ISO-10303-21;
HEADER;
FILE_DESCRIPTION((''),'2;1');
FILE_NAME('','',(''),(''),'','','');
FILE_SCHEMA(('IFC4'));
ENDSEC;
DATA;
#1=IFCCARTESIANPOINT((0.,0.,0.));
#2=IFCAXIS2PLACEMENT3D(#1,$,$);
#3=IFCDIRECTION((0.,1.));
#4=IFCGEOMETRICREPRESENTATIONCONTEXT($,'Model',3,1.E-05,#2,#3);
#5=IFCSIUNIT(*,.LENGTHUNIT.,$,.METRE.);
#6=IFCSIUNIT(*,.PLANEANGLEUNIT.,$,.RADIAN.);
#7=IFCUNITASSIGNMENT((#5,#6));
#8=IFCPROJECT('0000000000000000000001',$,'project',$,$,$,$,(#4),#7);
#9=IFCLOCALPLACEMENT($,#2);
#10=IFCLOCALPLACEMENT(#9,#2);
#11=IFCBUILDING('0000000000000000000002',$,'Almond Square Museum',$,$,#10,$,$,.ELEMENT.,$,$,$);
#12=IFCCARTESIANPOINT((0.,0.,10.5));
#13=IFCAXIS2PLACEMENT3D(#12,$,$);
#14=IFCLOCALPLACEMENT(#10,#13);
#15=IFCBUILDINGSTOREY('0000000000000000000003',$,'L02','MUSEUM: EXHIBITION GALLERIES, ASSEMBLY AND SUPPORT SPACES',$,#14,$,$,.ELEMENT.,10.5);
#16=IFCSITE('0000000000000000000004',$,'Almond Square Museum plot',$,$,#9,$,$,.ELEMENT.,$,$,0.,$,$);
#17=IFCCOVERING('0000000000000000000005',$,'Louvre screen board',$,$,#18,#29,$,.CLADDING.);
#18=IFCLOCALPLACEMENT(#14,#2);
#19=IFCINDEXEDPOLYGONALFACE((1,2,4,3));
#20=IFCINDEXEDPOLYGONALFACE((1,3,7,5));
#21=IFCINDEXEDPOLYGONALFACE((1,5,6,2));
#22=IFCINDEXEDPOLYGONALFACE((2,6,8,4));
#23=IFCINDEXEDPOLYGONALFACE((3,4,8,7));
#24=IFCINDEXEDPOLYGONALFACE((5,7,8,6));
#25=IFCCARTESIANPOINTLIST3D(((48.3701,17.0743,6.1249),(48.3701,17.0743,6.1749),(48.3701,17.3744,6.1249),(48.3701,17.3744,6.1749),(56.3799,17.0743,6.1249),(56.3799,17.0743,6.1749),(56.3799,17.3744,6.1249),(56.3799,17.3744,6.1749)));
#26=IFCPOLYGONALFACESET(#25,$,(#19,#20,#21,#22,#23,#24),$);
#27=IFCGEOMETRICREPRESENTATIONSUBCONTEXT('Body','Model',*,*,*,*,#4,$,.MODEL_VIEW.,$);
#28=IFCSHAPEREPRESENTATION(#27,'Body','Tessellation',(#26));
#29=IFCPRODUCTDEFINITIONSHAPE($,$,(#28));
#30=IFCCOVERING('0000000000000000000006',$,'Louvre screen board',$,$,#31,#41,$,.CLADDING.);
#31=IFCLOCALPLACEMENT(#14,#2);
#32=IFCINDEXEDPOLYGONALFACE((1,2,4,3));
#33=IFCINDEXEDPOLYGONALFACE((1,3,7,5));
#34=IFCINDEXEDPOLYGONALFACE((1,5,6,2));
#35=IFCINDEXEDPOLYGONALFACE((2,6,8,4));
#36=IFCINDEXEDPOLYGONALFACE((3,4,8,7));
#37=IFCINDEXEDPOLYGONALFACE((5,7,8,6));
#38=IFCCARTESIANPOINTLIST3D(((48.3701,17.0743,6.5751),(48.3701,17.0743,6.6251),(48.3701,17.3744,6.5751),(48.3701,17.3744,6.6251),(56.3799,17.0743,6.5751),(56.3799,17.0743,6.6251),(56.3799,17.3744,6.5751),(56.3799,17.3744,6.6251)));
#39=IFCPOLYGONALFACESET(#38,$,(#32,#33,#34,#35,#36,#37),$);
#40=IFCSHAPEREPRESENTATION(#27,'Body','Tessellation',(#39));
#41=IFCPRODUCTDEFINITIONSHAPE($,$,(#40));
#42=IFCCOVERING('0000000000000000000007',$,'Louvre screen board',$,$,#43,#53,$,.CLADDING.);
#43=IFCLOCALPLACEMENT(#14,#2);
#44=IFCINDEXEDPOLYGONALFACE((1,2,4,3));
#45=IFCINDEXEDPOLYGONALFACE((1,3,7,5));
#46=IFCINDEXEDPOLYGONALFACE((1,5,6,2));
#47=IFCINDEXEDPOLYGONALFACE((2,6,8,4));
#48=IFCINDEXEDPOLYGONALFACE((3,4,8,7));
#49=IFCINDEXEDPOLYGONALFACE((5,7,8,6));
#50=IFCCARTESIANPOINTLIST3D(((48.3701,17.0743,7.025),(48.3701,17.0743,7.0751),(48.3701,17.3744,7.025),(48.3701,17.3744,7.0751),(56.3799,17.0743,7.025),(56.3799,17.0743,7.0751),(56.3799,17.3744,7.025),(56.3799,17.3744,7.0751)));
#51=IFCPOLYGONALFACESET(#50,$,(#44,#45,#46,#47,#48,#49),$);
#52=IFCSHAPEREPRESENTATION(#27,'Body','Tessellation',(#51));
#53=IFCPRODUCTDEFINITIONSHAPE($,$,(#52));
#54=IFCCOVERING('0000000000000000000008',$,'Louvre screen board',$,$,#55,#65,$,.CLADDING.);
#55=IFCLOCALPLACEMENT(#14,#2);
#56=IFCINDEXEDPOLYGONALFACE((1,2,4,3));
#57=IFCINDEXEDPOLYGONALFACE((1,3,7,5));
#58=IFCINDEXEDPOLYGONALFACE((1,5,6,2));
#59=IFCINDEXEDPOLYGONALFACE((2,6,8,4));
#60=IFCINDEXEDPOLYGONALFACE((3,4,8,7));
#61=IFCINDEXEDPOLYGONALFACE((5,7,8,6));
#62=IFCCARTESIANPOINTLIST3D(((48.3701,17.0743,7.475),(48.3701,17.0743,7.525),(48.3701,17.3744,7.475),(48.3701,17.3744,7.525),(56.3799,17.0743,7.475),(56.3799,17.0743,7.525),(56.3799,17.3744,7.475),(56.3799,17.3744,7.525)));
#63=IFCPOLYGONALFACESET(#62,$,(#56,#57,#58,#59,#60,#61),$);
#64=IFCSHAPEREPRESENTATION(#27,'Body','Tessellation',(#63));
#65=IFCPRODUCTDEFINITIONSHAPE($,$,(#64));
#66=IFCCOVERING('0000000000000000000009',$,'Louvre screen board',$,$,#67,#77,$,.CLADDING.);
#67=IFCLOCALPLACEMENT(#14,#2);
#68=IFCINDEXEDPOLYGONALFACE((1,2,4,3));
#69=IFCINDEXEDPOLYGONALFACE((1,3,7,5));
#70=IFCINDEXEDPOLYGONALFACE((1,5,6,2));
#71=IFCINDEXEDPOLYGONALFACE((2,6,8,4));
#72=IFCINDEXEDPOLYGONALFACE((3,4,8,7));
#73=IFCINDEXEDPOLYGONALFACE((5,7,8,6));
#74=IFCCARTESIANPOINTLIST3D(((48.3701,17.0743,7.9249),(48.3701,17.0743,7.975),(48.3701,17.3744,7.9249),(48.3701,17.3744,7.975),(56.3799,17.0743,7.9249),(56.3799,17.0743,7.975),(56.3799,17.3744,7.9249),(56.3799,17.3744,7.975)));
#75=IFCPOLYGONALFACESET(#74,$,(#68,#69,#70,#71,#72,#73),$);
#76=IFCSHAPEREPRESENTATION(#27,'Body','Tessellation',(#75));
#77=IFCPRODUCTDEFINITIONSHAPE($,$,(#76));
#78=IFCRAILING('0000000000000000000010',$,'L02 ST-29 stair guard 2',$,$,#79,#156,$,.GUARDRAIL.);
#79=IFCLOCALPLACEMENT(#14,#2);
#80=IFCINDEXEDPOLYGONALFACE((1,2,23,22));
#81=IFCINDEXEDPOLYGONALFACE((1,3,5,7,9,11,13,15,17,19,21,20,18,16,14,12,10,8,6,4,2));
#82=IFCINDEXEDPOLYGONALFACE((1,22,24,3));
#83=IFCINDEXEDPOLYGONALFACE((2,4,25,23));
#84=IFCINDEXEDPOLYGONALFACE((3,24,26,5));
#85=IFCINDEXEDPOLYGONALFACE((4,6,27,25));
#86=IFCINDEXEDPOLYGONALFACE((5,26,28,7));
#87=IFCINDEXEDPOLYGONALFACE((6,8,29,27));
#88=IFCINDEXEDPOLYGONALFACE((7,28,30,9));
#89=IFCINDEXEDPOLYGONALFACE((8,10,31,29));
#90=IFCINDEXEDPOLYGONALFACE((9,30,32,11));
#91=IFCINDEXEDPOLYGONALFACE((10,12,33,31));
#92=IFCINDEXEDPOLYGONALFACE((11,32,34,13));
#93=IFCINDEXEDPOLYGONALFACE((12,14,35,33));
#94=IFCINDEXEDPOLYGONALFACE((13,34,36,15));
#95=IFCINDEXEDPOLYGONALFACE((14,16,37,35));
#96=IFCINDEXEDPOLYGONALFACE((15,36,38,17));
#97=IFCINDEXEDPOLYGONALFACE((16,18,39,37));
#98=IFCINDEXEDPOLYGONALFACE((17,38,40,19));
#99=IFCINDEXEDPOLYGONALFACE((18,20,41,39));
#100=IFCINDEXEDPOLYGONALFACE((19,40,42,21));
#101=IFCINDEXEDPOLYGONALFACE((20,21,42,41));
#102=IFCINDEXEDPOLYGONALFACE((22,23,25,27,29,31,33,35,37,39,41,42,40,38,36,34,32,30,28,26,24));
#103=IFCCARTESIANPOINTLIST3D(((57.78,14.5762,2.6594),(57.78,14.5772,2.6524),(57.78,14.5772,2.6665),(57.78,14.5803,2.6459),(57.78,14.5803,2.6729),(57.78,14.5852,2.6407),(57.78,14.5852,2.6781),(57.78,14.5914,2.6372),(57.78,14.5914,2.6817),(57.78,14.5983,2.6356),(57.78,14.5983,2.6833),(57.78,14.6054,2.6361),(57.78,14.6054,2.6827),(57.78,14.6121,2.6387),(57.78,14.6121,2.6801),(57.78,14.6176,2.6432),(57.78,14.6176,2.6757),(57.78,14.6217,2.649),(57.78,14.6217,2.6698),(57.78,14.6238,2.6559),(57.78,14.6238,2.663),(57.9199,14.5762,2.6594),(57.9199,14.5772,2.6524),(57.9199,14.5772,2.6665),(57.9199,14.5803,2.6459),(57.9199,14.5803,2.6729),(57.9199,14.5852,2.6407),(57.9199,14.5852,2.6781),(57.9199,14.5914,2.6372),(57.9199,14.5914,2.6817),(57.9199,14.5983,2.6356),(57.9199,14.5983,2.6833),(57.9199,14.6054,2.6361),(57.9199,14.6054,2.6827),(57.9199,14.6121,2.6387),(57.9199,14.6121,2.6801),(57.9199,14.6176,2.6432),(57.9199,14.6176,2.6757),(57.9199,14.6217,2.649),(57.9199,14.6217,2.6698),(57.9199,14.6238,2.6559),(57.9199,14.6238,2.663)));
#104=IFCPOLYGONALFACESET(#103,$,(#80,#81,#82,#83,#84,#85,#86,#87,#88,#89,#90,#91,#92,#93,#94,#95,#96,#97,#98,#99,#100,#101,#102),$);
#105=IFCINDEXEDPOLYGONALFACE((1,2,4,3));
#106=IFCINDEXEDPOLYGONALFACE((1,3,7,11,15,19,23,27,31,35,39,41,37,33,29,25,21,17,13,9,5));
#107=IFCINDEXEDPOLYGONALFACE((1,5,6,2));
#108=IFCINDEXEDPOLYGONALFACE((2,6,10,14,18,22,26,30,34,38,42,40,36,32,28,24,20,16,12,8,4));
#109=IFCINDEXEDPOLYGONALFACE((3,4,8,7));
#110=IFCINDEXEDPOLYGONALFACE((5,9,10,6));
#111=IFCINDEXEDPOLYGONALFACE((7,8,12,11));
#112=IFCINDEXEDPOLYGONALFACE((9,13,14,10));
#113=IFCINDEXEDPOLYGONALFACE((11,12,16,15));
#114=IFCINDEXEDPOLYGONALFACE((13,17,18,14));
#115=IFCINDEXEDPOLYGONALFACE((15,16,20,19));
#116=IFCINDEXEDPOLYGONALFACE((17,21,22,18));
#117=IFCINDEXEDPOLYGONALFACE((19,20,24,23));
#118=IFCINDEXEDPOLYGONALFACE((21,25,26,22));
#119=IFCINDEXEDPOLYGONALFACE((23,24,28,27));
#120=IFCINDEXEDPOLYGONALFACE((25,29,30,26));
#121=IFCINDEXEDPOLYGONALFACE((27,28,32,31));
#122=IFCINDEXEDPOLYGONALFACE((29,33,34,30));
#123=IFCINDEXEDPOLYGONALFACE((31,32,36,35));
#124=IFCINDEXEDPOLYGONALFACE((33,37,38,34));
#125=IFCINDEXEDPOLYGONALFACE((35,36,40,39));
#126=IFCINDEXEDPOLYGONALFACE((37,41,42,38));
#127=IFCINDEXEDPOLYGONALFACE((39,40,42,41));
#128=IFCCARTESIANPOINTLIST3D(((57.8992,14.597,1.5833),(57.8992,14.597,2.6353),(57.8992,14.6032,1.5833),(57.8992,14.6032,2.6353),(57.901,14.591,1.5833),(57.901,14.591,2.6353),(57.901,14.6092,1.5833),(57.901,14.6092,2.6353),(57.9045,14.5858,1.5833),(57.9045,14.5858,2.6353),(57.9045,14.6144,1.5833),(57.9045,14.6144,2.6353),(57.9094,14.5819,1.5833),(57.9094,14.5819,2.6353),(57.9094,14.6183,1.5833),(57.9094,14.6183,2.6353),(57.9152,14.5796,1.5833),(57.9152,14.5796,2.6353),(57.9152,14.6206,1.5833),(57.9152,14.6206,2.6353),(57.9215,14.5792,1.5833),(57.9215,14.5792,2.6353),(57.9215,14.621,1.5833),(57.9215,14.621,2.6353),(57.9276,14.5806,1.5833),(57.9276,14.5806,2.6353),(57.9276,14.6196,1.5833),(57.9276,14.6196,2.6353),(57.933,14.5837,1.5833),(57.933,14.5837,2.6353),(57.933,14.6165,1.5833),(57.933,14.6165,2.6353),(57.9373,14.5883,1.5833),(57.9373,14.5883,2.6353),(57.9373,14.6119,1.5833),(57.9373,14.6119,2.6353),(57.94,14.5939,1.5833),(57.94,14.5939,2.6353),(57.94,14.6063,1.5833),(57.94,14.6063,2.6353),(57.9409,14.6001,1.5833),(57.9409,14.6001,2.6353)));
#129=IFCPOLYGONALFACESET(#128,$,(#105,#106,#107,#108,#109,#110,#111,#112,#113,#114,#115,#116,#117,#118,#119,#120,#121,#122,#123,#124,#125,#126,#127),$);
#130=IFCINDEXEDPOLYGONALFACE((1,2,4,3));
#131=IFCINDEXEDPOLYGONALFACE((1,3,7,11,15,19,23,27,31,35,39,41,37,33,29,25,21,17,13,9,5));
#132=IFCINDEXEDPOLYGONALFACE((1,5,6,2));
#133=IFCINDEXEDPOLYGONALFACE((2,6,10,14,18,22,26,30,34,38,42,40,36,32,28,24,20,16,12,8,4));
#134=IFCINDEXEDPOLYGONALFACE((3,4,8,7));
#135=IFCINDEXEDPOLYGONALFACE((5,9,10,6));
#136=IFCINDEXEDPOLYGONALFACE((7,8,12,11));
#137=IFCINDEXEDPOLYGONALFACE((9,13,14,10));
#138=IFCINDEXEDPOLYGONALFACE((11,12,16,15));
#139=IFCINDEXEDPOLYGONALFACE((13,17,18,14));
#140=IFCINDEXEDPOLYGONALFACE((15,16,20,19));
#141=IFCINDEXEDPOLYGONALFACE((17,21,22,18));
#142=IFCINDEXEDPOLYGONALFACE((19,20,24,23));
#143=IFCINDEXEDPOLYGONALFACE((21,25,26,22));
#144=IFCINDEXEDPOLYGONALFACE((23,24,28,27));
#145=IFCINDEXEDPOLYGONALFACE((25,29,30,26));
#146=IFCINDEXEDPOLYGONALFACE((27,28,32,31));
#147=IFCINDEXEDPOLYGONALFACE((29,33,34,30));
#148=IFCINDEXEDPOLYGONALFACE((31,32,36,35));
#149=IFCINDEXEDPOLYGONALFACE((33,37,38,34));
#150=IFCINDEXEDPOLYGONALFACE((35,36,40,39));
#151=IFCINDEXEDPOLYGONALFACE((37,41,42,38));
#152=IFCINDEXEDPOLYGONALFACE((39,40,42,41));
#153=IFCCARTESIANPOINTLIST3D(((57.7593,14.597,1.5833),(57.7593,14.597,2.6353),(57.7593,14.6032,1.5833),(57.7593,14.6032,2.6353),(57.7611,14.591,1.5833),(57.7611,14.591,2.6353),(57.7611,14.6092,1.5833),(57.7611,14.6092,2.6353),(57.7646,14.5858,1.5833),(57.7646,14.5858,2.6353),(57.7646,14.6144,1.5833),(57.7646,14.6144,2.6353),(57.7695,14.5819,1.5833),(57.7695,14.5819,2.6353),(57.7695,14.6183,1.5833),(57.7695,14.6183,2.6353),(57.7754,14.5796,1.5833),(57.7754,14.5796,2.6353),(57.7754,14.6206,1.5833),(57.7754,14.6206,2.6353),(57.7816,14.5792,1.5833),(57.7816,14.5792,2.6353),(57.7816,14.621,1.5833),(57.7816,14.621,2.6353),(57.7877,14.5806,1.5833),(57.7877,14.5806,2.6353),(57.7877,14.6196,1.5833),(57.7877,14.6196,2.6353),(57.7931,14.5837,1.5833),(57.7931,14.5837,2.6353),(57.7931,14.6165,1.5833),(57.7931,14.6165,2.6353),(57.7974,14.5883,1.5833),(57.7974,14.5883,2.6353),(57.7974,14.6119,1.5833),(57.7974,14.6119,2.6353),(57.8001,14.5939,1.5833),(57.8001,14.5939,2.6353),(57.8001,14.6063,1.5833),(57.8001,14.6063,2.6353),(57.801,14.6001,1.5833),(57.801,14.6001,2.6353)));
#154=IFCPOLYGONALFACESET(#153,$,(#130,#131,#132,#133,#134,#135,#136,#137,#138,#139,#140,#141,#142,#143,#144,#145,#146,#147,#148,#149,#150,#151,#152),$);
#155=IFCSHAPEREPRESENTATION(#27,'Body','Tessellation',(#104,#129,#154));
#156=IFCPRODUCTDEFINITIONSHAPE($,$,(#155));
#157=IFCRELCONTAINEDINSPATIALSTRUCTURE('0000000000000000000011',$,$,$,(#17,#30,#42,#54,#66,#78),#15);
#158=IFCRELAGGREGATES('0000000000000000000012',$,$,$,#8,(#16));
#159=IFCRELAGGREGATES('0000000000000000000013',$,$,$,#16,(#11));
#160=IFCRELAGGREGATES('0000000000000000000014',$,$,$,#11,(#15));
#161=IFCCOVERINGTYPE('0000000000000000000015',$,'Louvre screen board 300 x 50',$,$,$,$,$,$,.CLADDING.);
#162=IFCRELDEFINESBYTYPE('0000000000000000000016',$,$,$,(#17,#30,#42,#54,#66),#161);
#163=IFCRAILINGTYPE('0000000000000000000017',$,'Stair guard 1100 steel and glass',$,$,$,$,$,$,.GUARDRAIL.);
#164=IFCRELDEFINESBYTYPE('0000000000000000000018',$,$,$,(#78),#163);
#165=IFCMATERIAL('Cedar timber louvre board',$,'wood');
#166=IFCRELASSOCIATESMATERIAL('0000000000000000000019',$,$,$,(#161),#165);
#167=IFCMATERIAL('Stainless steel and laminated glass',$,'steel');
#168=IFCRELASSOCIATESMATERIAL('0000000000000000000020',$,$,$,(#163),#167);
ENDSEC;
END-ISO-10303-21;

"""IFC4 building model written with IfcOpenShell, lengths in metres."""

from ifc_helpers import new_model, si_unit, direction, frame, origin, origin_2d, place, context, subcontext, project, spatial, rectangle, circle, extrude, material, material_profile, profile_set, type_object, element, save


model = new_model("IFC4")

# Units and contexts
model_context = context("Model", 3, precision=1e-05, world=origin(), true_north=direction((0.0, 1.0)))
body_context = subcontext(model_context, "Body", "Model", "MODEL_VIEW")
ifc_project = project(units=[si_unit("LENGTHUNIT", "METRE"), si_unit("PLANEANGLEUNIT", "RADIAN")], contexts=[model_context])

# Site, building, storey
site_placement = place(None, origin())
site = spatial("IfcSite", under=ifc_project, at=site_placement, Name="Almond Square Museum plot", CompositionType="ELEMENT", RefElevation=0.0)
building_placement = place(site_placement, origin())
building = spatial("IfcBuilding", under=site, at=building_placement, Name="Almond Square Museum", CompositionType="ELEMENT")
storey_placement = place(building_placement, frame((0.0, 0.0, 10.5)))
storey = spatial("IfcBuildingStorey", under=building, at=storey_placement, Name="L02", Description="MUSEUM: EXHIBITION GALLERIES, ASSEMBLY AND SUPPORT SPACES", CompositionType="ELEMENT", Elevation=10.5)

# Coverings
ifc_material_1 = material(Name="Cedar timber louvre board", Category="wood")
ifc_material_profile_1 = material_profile(ifc_material_1, rectangle(XDim=0.3, YDim=0.05, at=origin_2d()))
ifc_profile_set_1 = profile_set([ifc_material_profile_1], Name="Cedar timber louvre board")
covering_type = type_object("IfcCoveringType", Name="Louvre screen board 300 x 50", PredefinedType="CLADDING", material=ifc_profile_set_1)
for number, where, z_axis, x_axis, name in (
    (1, (48.3701, 17.2244, 6.1499), (1.0, 0.0, 0.0), (0.0, 1.0, 0.0), "Louvre screen board"),
    (2, (48.3701, 17.2244, 6.6001), (1.0, 0.0, 0.0), (0.0, 1.0, 0.0), "Louvre screen board"),
    (3, (48.3701, 17.2244, 7.05), (1.0, 0.0, 0.0), (0.0, 1.0, 0.0), "Louvre screen board"),
    (4, (48.3701, 17.2244, 7.5), (1.0, 0.0, 0.0), (0.0, 1.0, 0.0), "Louvre screen board"),
    (5, (48.3701, 17.2244, 7.95), (1.0, 0.0, 0.0), (0.0, 1.0, 0.0), "Louvre screen board"),
):
    element("IfcCovering", number, at=place(storey_placement, frame(where, z_axis=z_axis, x_axis=x_axis)), inside=storey, type_object=covering_type, Name=name, PredefinedType="CLADDING", context=body_context, shape_type="SweptSolid", body=[
        extrude(rectangle(XDim=0.3, YDim=0.05, at=origin_2d()), origin(), (0.0, 0.0, 1.0), 8.0098),
    ])

# Railing
ifc_material_2 = material(Name="Stainless steel and laminated glass", Category="steel")
railing_type_1 = type_object("IfcRailingType", Name="Stair guard 1100 steel and glass", PredefinedType="GUARDRAIL", material=ifc_material_2)
for number, where, name in (
    (6, (57.9199, 14.6001, 1.5833), "L02 ST-29 stair guard 2"),
):
    element("IfcRailing", number, at=place(storey_placement, frame(where)), inside=storey, type_object=railing_type_1, Name=name, PredefinedType="GUARDRAIL", context=body_context, shape_type="SweptSolid", body=[
        extrude(circle(Radius=0.0239, at=origin_2d()), frame((0.0, 0.0, 1.0762), z_axis=(-1.0, 0.0, 0.0), x_axis=(0.0, -1.0, 0.0)), (0.0, 0.0, 1.0), 0.1399),
        extrude(circle(Radius=0.021, at=origin_2d()), origin(), (0.0, 0.0, 1.0), 1.052),
        extrude(circle(Radius=0.021, at=origin_2d()), frame((-0.1399, 0.0, 0.0)), (0.0, 0.0, 1.0), 1.052),
    ])

save(model, "model.ifc")
